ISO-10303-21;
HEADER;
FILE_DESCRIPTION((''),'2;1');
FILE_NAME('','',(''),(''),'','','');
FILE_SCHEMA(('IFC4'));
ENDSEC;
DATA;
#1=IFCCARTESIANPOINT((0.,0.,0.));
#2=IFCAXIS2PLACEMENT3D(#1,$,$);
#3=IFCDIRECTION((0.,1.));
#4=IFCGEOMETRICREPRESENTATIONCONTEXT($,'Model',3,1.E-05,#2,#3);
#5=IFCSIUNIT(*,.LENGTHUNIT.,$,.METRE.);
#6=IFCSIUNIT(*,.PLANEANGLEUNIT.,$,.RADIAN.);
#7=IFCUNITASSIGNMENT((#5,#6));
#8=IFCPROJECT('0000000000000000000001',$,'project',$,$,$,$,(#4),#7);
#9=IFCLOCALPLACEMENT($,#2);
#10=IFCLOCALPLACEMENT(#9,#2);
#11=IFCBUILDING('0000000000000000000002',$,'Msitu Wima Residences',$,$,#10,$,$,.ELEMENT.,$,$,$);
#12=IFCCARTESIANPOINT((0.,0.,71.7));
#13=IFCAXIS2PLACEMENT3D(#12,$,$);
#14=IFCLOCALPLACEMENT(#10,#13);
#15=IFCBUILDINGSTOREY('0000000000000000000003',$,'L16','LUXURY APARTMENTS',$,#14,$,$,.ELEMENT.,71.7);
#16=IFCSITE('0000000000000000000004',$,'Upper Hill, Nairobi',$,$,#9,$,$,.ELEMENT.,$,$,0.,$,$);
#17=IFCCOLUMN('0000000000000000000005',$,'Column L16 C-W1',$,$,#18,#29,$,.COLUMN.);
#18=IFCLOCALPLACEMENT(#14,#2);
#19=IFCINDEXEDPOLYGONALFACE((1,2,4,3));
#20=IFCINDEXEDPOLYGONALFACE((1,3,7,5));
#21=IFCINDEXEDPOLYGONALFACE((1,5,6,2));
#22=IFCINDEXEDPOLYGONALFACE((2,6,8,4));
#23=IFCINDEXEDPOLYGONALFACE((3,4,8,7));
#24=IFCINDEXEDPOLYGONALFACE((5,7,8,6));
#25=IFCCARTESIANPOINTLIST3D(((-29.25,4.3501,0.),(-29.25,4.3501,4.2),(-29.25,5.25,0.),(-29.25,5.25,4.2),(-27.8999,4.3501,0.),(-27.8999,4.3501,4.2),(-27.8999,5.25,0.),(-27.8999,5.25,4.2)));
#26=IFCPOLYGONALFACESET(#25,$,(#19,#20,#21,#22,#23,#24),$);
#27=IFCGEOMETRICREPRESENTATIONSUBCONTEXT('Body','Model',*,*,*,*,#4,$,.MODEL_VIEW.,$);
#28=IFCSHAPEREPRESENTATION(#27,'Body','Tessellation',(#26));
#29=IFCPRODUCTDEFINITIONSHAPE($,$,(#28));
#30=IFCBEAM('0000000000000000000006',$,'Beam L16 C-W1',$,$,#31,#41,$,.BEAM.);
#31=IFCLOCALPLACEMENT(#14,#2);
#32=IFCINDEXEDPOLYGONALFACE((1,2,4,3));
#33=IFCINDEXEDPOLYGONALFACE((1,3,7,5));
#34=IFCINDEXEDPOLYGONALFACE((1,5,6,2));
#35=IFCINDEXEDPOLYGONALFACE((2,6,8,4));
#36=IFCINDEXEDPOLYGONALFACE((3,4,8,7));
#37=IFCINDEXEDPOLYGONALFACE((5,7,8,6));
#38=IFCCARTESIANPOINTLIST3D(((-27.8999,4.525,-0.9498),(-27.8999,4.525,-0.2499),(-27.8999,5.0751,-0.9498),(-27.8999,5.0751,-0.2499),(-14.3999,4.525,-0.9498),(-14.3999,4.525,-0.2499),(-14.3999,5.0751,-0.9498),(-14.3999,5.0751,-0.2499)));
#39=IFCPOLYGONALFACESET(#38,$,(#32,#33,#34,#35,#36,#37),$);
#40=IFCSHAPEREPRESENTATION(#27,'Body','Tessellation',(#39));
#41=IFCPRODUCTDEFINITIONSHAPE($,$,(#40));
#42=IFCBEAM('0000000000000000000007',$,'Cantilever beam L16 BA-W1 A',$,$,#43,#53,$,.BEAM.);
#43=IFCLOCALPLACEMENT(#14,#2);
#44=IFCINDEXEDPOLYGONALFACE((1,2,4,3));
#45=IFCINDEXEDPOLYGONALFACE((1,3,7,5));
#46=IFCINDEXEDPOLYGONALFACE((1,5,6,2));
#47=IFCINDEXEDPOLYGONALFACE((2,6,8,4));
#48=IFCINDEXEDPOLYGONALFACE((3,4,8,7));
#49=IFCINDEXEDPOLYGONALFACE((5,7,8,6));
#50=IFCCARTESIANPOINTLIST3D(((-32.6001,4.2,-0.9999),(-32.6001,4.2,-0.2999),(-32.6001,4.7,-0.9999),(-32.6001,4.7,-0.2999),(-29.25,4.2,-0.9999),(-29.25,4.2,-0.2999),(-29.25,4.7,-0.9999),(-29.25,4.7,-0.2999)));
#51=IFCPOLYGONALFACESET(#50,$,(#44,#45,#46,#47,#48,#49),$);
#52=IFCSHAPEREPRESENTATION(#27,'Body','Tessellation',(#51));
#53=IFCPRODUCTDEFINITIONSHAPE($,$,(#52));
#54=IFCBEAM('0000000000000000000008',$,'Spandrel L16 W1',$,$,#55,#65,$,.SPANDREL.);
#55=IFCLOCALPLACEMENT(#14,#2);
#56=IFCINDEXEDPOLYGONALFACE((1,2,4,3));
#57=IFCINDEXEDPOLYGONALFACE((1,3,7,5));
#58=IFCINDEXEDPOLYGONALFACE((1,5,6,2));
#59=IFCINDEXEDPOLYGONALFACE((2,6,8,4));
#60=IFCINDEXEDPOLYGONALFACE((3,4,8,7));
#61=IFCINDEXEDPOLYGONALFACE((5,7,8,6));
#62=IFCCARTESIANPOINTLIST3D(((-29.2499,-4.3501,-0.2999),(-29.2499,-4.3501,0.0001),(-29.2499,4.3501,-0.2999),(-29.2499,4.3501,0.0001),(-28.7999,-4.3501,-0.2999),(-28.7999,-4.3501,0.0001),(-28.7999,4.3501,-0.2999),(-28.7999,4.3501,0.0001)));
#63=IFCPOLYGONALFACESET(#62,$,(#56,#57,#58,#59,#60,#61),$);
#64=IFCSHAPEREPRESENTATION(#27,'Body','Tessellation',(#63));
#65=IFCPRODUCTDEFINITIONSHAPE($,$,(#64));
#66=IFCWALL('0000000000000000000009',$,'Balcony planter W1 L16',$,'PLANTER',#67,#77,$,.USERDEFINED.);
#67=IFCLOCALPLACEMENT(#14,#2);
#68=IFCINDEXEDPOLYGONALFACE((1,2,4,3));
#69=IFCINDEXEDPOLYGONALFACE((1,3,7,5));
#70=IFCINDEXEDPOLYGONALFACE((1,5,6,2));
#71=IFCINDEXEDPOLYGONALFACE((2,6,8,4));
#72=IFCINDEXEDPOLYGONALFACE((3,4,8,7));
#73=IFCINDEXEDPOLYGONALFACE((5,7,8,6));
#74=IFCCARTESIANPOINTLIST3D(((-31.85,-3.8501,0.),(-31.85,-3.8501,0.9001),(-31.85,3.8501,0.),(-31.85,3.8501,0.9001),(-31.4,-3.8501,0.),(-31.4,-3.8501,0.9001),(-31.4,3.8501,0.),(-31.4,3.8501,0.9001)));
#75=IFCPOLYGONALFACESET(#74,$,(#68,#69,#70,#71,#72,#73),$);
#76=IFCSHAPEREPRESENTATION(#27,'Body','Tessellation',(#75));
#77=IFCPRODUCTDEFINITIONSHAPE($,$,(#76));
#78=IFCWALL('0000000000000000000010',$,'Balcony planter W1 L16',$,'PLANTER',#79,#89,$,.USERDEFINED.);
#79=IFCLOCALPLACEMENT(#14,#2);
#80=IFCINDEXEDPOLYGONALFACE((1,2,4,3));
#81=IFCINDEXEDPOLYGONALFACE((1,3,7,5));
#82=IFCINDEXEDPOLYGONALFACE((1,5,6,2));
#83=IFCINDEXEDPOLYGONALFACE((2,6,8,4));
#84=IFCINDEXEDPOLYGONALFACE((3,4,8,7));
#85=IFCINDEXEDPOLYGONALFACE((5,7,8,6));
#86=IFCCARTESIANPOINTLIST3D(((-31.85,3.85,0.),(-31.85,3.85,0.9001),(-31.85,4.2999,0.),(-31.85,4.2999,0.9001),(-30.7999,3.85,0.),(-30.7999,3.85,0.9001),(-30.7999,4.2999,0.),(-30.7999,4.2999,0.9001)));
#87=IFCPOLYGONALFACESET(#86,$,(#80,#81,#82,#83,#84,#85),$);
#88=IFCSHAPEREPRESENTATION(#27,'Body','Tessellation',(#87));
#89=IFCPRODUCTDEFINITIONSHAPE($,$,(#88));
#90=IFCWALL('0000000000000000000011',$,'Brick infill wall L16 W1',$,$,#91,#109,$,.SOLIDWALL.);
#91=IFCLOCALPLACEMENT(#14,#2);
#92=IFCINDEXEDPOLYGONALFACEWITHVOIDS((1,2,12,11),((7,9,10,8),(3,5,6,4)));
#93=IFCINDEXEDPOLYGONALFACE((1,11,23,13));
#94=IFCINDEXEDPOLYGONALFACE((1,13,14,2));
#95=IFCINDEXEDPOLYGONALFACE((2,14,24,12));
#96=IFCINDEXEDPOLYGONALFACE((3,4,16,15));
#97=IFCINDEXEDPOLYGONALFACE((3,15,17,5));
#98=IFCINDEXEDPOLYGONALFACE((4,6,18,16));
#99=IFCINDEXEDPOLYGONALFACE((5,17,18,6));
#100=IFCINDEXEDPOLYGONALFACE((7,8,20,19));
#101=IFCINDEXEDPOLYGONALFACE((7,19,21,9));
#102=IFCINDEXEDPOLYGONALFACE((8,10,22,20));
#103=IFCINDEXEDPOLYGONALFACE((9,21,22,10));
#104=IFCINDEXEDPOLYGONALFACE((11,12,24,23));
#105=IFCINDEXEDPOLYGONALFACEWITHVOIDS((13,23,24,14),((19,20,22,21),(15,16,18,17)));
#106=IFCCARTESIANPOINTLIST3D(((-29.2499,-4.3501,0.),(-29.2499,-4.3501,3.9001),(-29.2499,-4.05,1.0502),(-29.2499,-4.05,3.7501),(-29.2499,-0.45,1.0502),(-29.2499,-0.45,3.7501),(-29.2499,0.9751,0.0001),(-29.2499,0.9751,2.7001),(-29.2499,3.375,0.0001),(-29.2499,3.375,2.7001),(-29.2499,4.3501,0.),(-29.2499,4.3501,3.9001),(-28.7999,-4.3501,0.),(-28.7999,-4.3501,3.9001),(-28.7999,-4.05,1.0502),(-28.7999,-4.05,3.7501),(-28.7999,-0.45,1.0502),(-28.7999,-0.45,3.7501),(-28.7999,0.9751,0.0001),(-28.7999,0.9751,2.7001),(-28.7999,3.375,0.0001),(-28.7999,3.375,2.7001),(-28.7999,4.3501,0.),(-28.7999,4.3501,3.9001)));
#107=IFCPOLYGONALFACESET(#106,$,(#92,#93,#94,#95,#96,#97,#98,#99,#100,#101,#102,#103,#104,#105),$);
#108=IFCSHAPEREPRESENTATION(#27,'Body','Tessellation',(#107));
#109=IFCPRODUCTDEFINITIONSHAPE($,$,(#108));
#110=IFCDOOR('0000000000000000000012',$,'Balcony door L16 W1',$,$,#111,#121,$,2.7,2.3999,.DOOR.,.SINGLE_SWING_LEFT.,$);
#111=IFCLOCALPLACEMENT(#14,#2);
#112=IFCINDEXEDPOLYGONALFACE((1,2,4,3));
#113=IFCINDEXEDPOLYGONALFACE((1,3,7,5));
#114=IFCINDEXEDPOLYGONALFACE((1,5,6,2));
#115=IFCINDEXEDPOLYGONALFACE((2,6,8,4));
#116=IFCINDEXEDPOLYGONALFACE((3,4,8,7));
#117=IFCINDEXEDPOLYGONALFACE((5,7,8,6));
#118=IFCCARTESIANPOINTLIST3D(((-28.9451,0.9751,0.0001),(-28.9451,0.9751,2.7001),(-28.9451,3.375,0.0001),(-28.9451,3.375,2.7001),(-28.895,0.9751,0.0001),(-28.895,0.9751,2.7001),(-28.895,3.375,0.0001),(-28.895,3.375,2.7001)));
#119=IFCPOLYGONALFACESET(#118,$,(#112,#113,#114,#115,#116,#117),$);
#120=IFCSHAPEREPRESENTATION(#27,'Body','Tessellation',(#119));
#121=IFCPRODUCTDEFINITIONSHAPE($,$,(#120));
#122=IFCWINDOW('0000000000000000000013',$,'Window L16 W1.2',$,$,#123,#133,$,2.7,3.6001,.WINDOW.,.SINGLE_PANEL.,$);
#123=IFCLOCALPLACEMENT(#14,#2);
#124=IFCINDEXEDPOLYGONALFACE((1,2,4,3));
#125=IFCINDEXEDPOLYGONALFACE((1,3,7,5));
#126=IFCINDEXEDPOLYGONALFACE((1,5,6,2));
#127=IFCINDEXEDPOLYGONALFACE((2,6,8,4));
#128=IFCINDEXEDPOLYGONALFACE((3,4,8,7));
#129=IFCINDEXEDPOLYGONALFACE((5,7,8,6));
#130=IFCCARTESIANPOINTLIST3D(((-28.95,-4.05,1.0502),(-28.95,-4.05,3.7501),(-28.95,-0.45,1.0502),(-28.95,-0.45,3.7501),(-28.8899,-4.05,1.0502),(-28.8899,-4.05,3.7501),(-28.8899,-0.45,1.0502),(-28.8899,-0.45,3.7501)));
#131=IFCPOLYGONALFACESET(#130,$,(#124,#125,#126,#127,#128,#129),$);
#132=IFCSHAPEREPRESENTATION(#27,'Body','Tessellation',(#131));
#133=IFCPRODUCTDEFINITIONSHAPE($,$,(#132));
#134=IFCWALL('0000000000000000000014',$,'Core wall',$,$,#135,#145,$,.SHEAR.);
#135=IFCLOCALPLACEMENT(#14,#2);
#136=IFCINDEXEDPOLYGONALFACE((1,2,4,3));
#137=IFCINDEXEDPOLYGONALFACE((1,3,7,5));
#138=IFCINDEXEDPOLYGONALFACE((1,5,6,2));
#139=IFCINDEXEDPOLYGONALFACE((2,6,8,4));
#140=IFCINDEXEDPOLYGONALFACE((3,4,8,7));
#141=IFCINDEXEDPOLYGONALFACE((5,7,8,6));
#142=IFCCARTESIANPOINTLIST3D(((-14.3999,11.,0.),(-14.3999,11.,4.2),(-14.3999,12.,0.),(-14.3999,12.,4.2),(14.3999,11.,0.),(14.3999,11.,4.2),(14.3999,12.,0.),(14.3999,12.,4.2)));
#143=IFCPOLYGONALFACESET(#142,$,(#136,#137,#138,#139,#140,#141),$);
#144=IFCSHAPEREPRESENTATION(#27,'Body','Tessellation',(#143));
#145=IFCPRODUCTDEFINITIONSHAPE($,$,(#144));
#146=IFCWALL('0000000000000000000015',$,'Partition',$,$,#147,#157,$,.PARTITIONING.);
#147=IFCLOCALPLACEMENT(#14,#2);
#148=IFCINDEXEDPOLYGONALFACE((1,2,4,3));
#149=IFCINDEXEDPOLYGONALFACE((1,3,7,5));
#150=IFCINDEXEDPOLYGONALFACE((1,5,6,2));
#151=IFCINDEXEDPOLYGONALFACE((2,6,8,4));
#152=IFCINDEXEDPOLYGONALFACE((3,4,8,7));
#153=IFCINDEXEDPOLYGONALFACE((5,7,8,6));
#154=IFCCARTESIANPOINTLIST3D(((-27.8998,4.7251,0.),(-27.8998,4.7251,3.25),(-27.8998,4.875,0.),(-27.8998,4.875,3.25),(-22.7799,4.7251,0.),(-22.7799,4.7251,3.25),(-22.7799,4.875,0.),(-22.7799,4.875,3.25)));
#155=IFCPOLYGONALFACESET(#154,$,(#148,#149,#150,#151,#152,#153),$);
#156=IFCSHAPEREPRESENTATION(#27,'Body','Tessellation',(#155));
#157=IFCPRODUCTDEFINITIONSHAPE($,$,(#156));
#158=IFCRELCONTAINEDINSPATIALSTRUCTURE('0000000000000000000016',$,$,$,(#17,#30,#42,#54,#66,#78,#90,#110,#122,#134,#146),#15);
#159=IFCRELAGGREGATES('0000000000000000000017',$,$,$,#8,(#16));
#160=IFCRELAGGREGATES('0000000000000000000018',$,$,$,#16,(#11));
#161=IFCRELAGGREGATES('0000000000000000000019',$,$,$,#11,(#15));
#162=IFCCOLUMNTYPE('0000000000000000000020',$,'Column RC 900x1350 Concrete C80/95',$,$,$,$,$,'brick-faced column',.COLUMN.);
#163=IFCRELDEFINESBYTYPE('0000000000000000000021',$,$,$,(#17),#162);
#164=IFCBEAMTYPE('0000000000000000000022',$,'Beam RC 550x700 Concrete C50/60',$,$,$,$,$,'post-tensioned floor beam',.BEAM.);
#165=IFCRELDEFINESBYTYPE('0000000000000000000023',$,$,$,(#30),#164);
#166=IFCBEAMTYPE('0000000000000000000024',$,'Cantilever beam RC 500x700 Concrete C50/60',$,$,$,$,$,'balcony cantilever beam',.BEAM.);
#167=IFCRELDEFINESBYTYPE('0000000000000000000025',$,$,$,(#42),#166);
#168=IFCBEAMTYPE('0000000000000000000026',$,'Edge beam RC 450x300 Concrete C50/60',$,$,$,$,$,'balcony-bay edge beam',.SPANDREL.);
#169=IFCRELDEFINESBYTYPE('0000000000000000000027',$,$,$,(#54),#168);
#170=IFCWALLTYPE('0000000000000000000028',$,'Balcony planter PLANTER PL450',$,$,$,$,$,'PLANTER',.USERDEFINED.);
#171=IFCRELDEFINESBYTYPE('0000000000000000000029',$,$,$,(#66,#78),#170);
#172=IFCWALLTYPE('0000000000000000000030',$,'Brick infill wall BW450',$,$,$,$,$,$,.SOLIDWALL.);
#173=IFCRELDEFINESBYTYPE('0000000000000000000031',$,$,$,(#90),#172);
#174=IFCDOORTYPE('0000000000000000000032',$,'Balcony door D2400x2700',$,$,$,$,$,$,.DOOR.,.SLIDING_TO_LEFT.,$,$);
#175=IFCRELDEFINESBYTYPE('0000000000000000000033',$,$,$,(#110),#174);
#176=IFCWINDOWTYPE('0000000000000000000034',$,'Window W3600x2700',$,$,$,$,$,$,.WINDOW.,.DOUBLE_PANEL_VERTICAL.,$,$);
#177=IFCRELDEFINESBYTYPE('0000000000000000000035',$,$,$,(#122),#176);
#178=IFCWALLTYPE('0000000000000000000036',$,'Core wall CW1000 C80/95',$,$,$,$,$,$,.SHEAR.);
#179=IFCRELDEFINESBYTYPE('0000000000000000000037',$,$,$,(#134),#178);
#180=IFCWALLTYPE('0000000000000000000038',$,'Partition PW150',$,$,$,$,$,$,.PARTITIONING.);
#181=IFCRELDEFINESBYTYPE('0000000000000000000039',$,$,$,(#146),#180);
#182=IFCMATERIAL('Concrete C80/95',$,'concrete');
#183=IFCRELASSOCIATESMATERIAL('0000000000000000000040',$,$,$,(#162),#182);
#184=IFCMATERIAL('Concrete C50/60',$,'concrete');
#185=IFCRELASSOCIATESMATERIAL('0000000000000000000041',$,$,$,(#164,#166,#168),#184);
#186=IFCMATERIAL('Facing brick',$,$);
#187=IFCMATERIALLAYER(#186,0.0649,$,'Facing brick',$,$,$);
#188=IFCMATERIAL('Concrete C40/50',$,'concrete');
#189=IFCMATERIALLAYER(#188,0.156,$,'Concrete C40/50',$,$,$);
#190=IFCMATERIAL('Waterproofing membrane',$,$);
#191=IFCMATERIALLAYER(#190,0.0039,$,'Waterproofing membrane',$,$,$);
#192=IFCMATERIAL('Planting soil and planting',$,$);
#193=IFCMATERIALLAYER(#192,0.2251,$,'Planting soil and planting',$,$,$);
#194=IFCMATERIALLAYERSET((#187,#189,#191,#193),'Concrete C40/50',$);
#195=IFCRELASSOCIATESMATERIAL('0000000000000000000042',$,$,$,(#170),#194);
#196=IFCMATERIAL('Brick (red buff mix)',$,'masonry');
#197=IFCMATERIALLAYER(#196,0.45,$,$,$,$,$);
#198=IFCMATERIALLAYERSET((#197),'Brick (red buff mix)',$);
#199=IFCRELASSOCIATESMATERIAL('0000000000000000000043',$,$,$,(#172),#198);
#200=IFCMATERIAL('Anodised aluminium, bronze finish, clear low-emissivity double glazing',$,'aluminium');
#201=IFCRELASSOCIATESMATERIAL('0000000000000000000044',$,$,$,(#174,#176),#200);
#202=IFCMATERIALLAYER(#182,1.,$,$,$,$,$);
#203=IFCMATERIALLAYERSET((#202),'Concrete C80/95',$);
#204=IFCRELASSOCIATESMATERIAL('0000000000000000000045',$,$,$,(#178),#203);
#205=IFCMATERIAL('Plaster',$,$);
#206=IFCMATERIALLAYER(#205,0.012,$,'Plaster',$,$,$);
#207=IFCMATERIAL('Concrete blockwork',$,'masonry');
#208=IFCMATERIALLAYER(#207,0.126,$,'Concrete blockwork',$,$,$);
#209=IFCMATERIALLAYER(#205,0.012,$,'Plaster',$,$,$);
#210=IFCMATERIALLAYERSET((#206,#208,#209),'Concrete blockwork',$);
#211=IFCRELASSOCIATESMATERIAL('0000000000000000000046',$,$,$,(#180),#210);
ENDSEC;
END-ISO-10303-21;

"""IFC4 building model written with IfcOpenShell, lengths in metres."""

from ifc_helpers import new_model, si_unit, direction, frame, frame_2d, origin, origin_2d, place, context, subcontext, project, spatial, rectangle, extrude, material, layer, layer_set, material_profile, profile_set, type_object, element, fill, save


model = new_model("IFC4")

# Units and contexts
model_context = context("Model", 3, precision=1e-05, world=origin(), true_north=direction((0.0, 1.0)))
body_context = subcontext(model_context, "Body", "Model", "MODEL_VIEW")
ifc_project = project(units=[si_unit("LENGTHUNIT", "METRE"), si_unit("PLANEANGLEUNIT", "RADIAN")], contexts=[model_context])

# Site, building, storey
site_placement = place(None, origin())
site = spatial("IfcSite", under=ifc_project, at=site_placement, Name="Upper Hill, Nairobi", CompositionType="ELEMENT", RefElevation=0.0)
building_placement = place(site_placement, origin())
building = spatial("IfcBuilding", under=site, at=building_placement, Name="Msitu Wima Residences", CompositionType="ELEMENT")
storey_placement = place(building_placement, frame((0.0, 0.0, 71.7)))
storey = spatial("IfcBuildingStorey", under=building, at=storey_placement, Name="L16", Description="LUXURY APARTMENTS", CompositionType="ELEMENT", Elevation=71.7)

# Column
ifc_material_1 = material(Name="Concrete C80/95", Category="concrete")
ifc_material_profile_1 = material_profile(ifc_material_1, rectangle(XDim=0.8999, YDim=1.3501, at=origin_2d()), Name="RC 900x1350")
ifc_profile_set_1 = profile_set([ifc_material_profile_1], Name="Concrete C80/95")
column_type = type_object("IfcColumnType", Name="Column RC 900x1350 Concrete C80/95", ElementType="brick-faced column", PredefinedType="COLUMN", material=ifc_profile_set_1)
column_placement = place(storey_placement, frame((-28.575, 4.8, 0.0), z_axis=(0.0, 0.0, 1.0), x_axis=(0.0, -1.0, 0.0)))
element("IfcColumn", 1, at=column_placement, inside=storey, type_object=column_type, Name="Column L16 C-W1", PredefinedType="COLUMN", context=body_context, shape_type="SweptSolid", body=[
    extrude(rectangle(XDim=0.8999, YDim=1.3501, at=origin_2d()), origin(), (0.0, 0.0, 1.0), 4.2),
])

# Beams
ifc_material_2 = material(Name="Concrete C50/60", Category="concrete")
ifc_material_profile_2 = material_profile(ifc_material_2, rectangle(XDim=0.55, YDim=0.7, at=origin_2d()), Name="RC 550x700")
ifc_profile_set_2 = profile_set([ifc_material_profile_2], Name="Concrete C50/60")
beam_type_1 = type_object("IfcBeamType", Name="Beam RC 550x700 Concrete C50/60", ElementType="post-tensioned floor beam", PredefinedType="BEAM", material=ifc_profile_set_2)
beam_1_placement = place(storey_placement, frame((-27.8999, 4.8, -0.5999), z_axis=(1.0, 0.0, 0.0), x_axis=(0.0, 1.0, 0.0)))
element("IfcBeam", 2, at=beam_1_placement, inside=storey, type_object=beam_type_1, Name="Beam L16 C-W1", PredefinedType="BEAM", context=body_context, shape_type="SweptSolid", body=[
    extrude(rectangle(XDim=0.55, YDim=0.7, at=origin_2d()), origin(), (0.0, 0.0, 1.0), 13.5),
])
ifc_material_profile_3 = material_profile(ifc_material_2, rectangle(XDim=0.5, YDim=0.7, at=origin_2d()), Name="RC 500x700")
ifc_profile_set_3 = profile_set([ifc_material_profile_3], Name="Concrete C50/60")
beam_type_2 = type_object("IfcBeamType", Name="Cantilever beam RC 500x700 Concrete C50/60", ElementType="balcony cantilever beam", PredefinedType="BEAM", material=ifc_profile_set_3)
beam_2_placement = place(storey_placement, frame((-29.25, 4.45, -0.6499), z_axis=(-1.0, 0.0, 0.0), x_axis=(0.0, -1.0, 0.0)))
element("IfcBeam", 3, at=beam_2_placement, inside=storey, type_object=beam_type_2, Name="Cantilever beam L16 BA-W1 A", PredefinedType="BEAM", context=body_context, shape_type="SweptSolid", body=[
    extrude(rectangle(XDim=0.5, YDim=0.7, at=origin_2d()), origin(), (0.0, 0.0, 1.0), 3.3501),
])
ifc_material_profile_4 = material_profile(ifc_material_2, rectangle(XDim=0.45, YDim=0.3, at=origin_2d()), Name="RC 450x300")
ifc_profile_set_4 = profile_set([ifc_material_profile_4], Name="Concrete C50/60")
beam_type_3 = type_object("IfcBeamType", Name="Edge beam RC 450x300 Concrete C50/60", ElementType="balcony-bay edge beam", PredefinedType="SPANDREL", material=ifc_profile_set_4)
beam_3_placement = place(storey_placement, frame((-29.0249, 4.3501, -0.1499), z_axis=(0.0, -1.0, 0.0), x_axis=(1.0, 0.0, 0.0)))
element("IfcBeam", 4, at=beam_3_placement, inside=storey, type_object=beam_type_3, Name="Spandrel L16 W1", PredefinedType="SPANDREL", context=body_context, shape_type="SweptSolid", body=[
    extrude(rectangle(XDim=0.45, YDim=0.3, at=origin_2d()), origin(), (0.0, 0.0, 1.0), 8.7002),
])

# Walls
ifc_material_3 = material(Name="Facing brick")
ifc_layer_1 = layer(ifc_material_3, 0.0649, Name="Facing brick")
ifc_material_4 = material(Name="Concrete C40/50", Category="concrete")
ifc_layer_2 = layer(ifc_material_4, 0.156, Name="Concrete C40/50")
ifc_material_5 = material(Name="Waterproofing membrane")
ifc_layer_3 = layer(ifc_material_5, 0.0039, Name="Waterproofing membrane")
ifc_material_6 = material(Name="Planting soil and planting")
ifc_layer_4 = layer(ifc_material_6, 0.2251, Name="Planting soil and planting")
ifc_layer_set_1 = layer_set([ifc_layer_1, ifc_layer_2, ifc_layer_3, ifc_layer_4], Name="Concrete C40/50")
wall_type_1 = type_object("IfcWallType", Name="Balcony planter PLANTER PL450", ElementType="PLANTER", PredefinedType="USERDEFINED", material=ifc_layer_set_1)
wall_1_placement = place(storey_placement, frame((-31.625, 3.8501, 0.0), z_axis=(0.0, 0.0, 1.0), x_axis=(0.0, -1.0, 0.0)))
element("IfcWall", 5, at=wall_1_placement, inside=storey, type_object=wall_type_1, Name="Balcony planter W1 L16", ObjectType="PLANTER", PredefinedType="USERDEFINED", context=body_context, shape_type="SweptSolid", body=[
    extrude(rectangle(XDim=7.7002, YDim=0.45, at=frame_2d((3.8501, 0.0))), origin(), (0.0, 0.0, 1.0), 0.9001),
])
wall_2_placement = place(storey_placement, frame((-30.8, 4.075, 0.0), z_axis=(0.0, 0.0, 1.0), x_axis=(-1.0, 0.0, 0.0)))
element("IfcWall", 6, at=wall_2_placement, inside=storey, type_object=wall_type_1, Name="Balcony planter W1 L16", ObjectType="PLANTER", PredefinedType="USERDEFINED", context=body_context, shape_type="SweptSolid", body=[
    extrude(rectangle(XDim=1.05, YDim=0.45, at=frame_2d((0.5249, 0.0))), origin(), (0.0, 0.0, 1.0), 0.9001),
])

# Wall, openings, door, window
ifc_material_7 = material(Name="Brick (red buff mix)", Category="masonry")
ifc_layer_5 = layer(ifc_material_7, 0.45)
ifc_layer_set_2 = layer_set([ifc_layer_5], Name="Brick (red buff mix)")
wall_type_2 = type_object("IfcWallType", Name="Brick infill wall BW450", PredefinedType="SOLIDWALL", material=ifc_layer_set_2)
wall_3_placement = place(storey_placement, frame((-29.0249, 4.3501, 0.0), z_axis=(0.0, 0.0, 1.0), x_axis=(0.0, -1.0, 0.0)))
wall_3 = element("IfcWall", 7, at=wall_3_placement, inside=storey, type_object=wall_type_2, Name="Brick infill wall L16 W1", PredefinedType="SOLIDWALL", context=body_context, shape_type="SweptSolid", body=[
    extrude(rectangle(XDim=8.7002, YDim=0.45, at=frame_2d((4.3501, 0.0))), origin(), (0.0, 0.0, 1.0), 3.9001),
])
opening_1_placement = place(wall_3_placement, frame((0.9751, 0.0, 0.0)))
opening_1 = element("IfcOpeningElement", 8, at=opening_1_placement, cuts=wall_3, PredefinedType="OPENING", context=body_context, shape_type="SweptSolid", body=[
    extrude(rectangle(XDim=2.3999, YDim=2.7, at=frame_2d((1.2, 1.3501))), frame((0.0, 0.2349, 0.0), z_axis=(0.0, -1.0, 0.0), x_axis=(1.0, 0.0, 0.0)), (0.0, 0.0, 1.0), 0.47),
])
opening_2_placement = place(wall_3_placement, frame((4.8, 0.0, 1.05)))
opening_2 = element("IfcOpeningElement", 9, at=opening_2_placement, cuts=wall_3, PredefinedType="OPENING", context=body_context, shape_type="SweptSolid", body=[
    extrude(rectangle(XDim=3.6001, YDim=2.7, at=frame_2d((1.8, 1.3501))), frame((0.0, 0.2349, 0.0), z_axis=(0.0, -1.0, 0.0), x_axis=(1.0, 0.0, 0.0)), (0.0, 0.0, 1.0), 0.47),
])
ifc_material_8 = material(Name="Anodised aluminium, bronze finish, clear low-emissivity double glazing", Category="aluminium")
door_type_1 = type_object("IfcDoorType", Name="Balcony door D2400x2700", OperationType="SLIDING_TO_LEFT", PredefinedType="DOOR", material=ifc_material_8)
door_1_placement = place(opening_1_placement, origin())
door_1 = element("IfcDoor", 10, at=door_1_placement, inside=storey, type_object=door_type_1, Name="Balcony door L16 W1", OperationType="SINGLE_SWING_LEFT", OverallHeight=2.7, OverallWidth=2.3999, PredefinedType="DOOR", context=body_context, shape_type="SweptSolid", body=[
    extrude(rectangle(XDim=2.3999, YDim=2.7, at=frame_2d((1.2, 1.3501))), frame((0.0, 0.1299, 0.0), z_axis=(0.0, -1.0, 0.0), x_axis=(1.0, 0.0, 0.0)), (0.0, 0.0, 1.0), 0.05),
])
fill(opening_1, door_1)
window_type = type_object("IfcWindowType", Name="Window W3600x2700", PartitioningType="DOUBLE_PANEL_VERTICAL", PredefinedType="WINDOW", material=ifc_material_8)
window_placement = place(opening_2_placement, origin())
window = element("IfcWindow", 11, at=window_placement, inside=storey, type_object=window_type, Name="Window L16 W1.2", OverallHeight=2.7, OverallWidth=3.6001, PartitioningType="SINGLE_PANEL", PredefinedType="WINDOW", context=body_context, shape_type="SweptSolid", body=[
    extrude(rectangle(XDim=3.6001, YDim=2.7, at=frame_2d((1.8, 1.3501))), frame((0.0, 0.135, 0.0), z_axis=(0.0, -1.0, 0.0), x_axis=(1.0, 0.0, 0.0)), (0.0, 0.0, 1.0), 0.0601),
])
fill(opening_2, window)

# Walls
ifc_layer_6 = layer(ifc_material_1, 1.0)
ifc_layer_set_3 = layer_set([ifc_layer_6], Name="Concrete C80/95")
wall_type_3 = type_object("IfcWallType", Name="Core wall CW1000 C80/95", PredefinedType="SHEAR", material=ifc_layer_set_3)
wall_4_placement = place(storey_placement, frame((-14.3999, 11.5, 0.0), z_axis=(0.0, 0.0, 1.0), x_axis=(1.0, 0.0, 0.0)))
element("IfcWall", 12, at=wall_4_placement, inside=storey, type_object=wall_type_3, Name="Core wall", PredefinedType="SHEAR", context=body_context, shape_type="SweptSolid", body=[
    extrude(rectangle(XDim=28.7998, YDim=1.0, at=frame_2d((14.3999, 0.0))), origin(), (0.0, 0.0, 1.0), 4.2),
])
ifc_material_9 = material(Name="Plaster")
ifc_layer_7 = layer(ifc_material_9, 0.012, Name="Plaster")
ifc_material_10 = material(Name="Concrete blockwork", Category="masonry")
ifc_layer_8 = layer(ifc_material_10, 0.126, Name="Concrete blockwork")
ifc_layer_9 = layer(ifc_material_9, 0.012, Name="Plaster")
ifc_layer_set_4 = layer_set([ifc_layer_7, ifc_layer_8, ifc_layer_9], Name="Concrete blockwork")
wall_type_4 = type_object("IfcWallType", Name="Partition PW150", PredefinedType="PARTITIONING", material=ifc_layer_set_4)
wall_5_placement = place(storey_placement, frame((-27.8999, 4.8, 0.0), z_axis=(0.0, 0.0, 1.0), x_axis=(1.0, 0.0, 0.0)))
element("IfcWall", 13, at=wall_5_placement, inside=storey, type_object=wall_type_4, Name="Partition", PredefinedType="PARTITIONING", context=body_context, shape_type="SweptSolid", body=[
    extrude(rectangle(XDim=5.1199, YDim=0.1499, at=frame_2d((2.5601, 0.0))), origin(), (0.0, 0.0, 1.0), 3.25),
])

save(model, "model.ifc")
